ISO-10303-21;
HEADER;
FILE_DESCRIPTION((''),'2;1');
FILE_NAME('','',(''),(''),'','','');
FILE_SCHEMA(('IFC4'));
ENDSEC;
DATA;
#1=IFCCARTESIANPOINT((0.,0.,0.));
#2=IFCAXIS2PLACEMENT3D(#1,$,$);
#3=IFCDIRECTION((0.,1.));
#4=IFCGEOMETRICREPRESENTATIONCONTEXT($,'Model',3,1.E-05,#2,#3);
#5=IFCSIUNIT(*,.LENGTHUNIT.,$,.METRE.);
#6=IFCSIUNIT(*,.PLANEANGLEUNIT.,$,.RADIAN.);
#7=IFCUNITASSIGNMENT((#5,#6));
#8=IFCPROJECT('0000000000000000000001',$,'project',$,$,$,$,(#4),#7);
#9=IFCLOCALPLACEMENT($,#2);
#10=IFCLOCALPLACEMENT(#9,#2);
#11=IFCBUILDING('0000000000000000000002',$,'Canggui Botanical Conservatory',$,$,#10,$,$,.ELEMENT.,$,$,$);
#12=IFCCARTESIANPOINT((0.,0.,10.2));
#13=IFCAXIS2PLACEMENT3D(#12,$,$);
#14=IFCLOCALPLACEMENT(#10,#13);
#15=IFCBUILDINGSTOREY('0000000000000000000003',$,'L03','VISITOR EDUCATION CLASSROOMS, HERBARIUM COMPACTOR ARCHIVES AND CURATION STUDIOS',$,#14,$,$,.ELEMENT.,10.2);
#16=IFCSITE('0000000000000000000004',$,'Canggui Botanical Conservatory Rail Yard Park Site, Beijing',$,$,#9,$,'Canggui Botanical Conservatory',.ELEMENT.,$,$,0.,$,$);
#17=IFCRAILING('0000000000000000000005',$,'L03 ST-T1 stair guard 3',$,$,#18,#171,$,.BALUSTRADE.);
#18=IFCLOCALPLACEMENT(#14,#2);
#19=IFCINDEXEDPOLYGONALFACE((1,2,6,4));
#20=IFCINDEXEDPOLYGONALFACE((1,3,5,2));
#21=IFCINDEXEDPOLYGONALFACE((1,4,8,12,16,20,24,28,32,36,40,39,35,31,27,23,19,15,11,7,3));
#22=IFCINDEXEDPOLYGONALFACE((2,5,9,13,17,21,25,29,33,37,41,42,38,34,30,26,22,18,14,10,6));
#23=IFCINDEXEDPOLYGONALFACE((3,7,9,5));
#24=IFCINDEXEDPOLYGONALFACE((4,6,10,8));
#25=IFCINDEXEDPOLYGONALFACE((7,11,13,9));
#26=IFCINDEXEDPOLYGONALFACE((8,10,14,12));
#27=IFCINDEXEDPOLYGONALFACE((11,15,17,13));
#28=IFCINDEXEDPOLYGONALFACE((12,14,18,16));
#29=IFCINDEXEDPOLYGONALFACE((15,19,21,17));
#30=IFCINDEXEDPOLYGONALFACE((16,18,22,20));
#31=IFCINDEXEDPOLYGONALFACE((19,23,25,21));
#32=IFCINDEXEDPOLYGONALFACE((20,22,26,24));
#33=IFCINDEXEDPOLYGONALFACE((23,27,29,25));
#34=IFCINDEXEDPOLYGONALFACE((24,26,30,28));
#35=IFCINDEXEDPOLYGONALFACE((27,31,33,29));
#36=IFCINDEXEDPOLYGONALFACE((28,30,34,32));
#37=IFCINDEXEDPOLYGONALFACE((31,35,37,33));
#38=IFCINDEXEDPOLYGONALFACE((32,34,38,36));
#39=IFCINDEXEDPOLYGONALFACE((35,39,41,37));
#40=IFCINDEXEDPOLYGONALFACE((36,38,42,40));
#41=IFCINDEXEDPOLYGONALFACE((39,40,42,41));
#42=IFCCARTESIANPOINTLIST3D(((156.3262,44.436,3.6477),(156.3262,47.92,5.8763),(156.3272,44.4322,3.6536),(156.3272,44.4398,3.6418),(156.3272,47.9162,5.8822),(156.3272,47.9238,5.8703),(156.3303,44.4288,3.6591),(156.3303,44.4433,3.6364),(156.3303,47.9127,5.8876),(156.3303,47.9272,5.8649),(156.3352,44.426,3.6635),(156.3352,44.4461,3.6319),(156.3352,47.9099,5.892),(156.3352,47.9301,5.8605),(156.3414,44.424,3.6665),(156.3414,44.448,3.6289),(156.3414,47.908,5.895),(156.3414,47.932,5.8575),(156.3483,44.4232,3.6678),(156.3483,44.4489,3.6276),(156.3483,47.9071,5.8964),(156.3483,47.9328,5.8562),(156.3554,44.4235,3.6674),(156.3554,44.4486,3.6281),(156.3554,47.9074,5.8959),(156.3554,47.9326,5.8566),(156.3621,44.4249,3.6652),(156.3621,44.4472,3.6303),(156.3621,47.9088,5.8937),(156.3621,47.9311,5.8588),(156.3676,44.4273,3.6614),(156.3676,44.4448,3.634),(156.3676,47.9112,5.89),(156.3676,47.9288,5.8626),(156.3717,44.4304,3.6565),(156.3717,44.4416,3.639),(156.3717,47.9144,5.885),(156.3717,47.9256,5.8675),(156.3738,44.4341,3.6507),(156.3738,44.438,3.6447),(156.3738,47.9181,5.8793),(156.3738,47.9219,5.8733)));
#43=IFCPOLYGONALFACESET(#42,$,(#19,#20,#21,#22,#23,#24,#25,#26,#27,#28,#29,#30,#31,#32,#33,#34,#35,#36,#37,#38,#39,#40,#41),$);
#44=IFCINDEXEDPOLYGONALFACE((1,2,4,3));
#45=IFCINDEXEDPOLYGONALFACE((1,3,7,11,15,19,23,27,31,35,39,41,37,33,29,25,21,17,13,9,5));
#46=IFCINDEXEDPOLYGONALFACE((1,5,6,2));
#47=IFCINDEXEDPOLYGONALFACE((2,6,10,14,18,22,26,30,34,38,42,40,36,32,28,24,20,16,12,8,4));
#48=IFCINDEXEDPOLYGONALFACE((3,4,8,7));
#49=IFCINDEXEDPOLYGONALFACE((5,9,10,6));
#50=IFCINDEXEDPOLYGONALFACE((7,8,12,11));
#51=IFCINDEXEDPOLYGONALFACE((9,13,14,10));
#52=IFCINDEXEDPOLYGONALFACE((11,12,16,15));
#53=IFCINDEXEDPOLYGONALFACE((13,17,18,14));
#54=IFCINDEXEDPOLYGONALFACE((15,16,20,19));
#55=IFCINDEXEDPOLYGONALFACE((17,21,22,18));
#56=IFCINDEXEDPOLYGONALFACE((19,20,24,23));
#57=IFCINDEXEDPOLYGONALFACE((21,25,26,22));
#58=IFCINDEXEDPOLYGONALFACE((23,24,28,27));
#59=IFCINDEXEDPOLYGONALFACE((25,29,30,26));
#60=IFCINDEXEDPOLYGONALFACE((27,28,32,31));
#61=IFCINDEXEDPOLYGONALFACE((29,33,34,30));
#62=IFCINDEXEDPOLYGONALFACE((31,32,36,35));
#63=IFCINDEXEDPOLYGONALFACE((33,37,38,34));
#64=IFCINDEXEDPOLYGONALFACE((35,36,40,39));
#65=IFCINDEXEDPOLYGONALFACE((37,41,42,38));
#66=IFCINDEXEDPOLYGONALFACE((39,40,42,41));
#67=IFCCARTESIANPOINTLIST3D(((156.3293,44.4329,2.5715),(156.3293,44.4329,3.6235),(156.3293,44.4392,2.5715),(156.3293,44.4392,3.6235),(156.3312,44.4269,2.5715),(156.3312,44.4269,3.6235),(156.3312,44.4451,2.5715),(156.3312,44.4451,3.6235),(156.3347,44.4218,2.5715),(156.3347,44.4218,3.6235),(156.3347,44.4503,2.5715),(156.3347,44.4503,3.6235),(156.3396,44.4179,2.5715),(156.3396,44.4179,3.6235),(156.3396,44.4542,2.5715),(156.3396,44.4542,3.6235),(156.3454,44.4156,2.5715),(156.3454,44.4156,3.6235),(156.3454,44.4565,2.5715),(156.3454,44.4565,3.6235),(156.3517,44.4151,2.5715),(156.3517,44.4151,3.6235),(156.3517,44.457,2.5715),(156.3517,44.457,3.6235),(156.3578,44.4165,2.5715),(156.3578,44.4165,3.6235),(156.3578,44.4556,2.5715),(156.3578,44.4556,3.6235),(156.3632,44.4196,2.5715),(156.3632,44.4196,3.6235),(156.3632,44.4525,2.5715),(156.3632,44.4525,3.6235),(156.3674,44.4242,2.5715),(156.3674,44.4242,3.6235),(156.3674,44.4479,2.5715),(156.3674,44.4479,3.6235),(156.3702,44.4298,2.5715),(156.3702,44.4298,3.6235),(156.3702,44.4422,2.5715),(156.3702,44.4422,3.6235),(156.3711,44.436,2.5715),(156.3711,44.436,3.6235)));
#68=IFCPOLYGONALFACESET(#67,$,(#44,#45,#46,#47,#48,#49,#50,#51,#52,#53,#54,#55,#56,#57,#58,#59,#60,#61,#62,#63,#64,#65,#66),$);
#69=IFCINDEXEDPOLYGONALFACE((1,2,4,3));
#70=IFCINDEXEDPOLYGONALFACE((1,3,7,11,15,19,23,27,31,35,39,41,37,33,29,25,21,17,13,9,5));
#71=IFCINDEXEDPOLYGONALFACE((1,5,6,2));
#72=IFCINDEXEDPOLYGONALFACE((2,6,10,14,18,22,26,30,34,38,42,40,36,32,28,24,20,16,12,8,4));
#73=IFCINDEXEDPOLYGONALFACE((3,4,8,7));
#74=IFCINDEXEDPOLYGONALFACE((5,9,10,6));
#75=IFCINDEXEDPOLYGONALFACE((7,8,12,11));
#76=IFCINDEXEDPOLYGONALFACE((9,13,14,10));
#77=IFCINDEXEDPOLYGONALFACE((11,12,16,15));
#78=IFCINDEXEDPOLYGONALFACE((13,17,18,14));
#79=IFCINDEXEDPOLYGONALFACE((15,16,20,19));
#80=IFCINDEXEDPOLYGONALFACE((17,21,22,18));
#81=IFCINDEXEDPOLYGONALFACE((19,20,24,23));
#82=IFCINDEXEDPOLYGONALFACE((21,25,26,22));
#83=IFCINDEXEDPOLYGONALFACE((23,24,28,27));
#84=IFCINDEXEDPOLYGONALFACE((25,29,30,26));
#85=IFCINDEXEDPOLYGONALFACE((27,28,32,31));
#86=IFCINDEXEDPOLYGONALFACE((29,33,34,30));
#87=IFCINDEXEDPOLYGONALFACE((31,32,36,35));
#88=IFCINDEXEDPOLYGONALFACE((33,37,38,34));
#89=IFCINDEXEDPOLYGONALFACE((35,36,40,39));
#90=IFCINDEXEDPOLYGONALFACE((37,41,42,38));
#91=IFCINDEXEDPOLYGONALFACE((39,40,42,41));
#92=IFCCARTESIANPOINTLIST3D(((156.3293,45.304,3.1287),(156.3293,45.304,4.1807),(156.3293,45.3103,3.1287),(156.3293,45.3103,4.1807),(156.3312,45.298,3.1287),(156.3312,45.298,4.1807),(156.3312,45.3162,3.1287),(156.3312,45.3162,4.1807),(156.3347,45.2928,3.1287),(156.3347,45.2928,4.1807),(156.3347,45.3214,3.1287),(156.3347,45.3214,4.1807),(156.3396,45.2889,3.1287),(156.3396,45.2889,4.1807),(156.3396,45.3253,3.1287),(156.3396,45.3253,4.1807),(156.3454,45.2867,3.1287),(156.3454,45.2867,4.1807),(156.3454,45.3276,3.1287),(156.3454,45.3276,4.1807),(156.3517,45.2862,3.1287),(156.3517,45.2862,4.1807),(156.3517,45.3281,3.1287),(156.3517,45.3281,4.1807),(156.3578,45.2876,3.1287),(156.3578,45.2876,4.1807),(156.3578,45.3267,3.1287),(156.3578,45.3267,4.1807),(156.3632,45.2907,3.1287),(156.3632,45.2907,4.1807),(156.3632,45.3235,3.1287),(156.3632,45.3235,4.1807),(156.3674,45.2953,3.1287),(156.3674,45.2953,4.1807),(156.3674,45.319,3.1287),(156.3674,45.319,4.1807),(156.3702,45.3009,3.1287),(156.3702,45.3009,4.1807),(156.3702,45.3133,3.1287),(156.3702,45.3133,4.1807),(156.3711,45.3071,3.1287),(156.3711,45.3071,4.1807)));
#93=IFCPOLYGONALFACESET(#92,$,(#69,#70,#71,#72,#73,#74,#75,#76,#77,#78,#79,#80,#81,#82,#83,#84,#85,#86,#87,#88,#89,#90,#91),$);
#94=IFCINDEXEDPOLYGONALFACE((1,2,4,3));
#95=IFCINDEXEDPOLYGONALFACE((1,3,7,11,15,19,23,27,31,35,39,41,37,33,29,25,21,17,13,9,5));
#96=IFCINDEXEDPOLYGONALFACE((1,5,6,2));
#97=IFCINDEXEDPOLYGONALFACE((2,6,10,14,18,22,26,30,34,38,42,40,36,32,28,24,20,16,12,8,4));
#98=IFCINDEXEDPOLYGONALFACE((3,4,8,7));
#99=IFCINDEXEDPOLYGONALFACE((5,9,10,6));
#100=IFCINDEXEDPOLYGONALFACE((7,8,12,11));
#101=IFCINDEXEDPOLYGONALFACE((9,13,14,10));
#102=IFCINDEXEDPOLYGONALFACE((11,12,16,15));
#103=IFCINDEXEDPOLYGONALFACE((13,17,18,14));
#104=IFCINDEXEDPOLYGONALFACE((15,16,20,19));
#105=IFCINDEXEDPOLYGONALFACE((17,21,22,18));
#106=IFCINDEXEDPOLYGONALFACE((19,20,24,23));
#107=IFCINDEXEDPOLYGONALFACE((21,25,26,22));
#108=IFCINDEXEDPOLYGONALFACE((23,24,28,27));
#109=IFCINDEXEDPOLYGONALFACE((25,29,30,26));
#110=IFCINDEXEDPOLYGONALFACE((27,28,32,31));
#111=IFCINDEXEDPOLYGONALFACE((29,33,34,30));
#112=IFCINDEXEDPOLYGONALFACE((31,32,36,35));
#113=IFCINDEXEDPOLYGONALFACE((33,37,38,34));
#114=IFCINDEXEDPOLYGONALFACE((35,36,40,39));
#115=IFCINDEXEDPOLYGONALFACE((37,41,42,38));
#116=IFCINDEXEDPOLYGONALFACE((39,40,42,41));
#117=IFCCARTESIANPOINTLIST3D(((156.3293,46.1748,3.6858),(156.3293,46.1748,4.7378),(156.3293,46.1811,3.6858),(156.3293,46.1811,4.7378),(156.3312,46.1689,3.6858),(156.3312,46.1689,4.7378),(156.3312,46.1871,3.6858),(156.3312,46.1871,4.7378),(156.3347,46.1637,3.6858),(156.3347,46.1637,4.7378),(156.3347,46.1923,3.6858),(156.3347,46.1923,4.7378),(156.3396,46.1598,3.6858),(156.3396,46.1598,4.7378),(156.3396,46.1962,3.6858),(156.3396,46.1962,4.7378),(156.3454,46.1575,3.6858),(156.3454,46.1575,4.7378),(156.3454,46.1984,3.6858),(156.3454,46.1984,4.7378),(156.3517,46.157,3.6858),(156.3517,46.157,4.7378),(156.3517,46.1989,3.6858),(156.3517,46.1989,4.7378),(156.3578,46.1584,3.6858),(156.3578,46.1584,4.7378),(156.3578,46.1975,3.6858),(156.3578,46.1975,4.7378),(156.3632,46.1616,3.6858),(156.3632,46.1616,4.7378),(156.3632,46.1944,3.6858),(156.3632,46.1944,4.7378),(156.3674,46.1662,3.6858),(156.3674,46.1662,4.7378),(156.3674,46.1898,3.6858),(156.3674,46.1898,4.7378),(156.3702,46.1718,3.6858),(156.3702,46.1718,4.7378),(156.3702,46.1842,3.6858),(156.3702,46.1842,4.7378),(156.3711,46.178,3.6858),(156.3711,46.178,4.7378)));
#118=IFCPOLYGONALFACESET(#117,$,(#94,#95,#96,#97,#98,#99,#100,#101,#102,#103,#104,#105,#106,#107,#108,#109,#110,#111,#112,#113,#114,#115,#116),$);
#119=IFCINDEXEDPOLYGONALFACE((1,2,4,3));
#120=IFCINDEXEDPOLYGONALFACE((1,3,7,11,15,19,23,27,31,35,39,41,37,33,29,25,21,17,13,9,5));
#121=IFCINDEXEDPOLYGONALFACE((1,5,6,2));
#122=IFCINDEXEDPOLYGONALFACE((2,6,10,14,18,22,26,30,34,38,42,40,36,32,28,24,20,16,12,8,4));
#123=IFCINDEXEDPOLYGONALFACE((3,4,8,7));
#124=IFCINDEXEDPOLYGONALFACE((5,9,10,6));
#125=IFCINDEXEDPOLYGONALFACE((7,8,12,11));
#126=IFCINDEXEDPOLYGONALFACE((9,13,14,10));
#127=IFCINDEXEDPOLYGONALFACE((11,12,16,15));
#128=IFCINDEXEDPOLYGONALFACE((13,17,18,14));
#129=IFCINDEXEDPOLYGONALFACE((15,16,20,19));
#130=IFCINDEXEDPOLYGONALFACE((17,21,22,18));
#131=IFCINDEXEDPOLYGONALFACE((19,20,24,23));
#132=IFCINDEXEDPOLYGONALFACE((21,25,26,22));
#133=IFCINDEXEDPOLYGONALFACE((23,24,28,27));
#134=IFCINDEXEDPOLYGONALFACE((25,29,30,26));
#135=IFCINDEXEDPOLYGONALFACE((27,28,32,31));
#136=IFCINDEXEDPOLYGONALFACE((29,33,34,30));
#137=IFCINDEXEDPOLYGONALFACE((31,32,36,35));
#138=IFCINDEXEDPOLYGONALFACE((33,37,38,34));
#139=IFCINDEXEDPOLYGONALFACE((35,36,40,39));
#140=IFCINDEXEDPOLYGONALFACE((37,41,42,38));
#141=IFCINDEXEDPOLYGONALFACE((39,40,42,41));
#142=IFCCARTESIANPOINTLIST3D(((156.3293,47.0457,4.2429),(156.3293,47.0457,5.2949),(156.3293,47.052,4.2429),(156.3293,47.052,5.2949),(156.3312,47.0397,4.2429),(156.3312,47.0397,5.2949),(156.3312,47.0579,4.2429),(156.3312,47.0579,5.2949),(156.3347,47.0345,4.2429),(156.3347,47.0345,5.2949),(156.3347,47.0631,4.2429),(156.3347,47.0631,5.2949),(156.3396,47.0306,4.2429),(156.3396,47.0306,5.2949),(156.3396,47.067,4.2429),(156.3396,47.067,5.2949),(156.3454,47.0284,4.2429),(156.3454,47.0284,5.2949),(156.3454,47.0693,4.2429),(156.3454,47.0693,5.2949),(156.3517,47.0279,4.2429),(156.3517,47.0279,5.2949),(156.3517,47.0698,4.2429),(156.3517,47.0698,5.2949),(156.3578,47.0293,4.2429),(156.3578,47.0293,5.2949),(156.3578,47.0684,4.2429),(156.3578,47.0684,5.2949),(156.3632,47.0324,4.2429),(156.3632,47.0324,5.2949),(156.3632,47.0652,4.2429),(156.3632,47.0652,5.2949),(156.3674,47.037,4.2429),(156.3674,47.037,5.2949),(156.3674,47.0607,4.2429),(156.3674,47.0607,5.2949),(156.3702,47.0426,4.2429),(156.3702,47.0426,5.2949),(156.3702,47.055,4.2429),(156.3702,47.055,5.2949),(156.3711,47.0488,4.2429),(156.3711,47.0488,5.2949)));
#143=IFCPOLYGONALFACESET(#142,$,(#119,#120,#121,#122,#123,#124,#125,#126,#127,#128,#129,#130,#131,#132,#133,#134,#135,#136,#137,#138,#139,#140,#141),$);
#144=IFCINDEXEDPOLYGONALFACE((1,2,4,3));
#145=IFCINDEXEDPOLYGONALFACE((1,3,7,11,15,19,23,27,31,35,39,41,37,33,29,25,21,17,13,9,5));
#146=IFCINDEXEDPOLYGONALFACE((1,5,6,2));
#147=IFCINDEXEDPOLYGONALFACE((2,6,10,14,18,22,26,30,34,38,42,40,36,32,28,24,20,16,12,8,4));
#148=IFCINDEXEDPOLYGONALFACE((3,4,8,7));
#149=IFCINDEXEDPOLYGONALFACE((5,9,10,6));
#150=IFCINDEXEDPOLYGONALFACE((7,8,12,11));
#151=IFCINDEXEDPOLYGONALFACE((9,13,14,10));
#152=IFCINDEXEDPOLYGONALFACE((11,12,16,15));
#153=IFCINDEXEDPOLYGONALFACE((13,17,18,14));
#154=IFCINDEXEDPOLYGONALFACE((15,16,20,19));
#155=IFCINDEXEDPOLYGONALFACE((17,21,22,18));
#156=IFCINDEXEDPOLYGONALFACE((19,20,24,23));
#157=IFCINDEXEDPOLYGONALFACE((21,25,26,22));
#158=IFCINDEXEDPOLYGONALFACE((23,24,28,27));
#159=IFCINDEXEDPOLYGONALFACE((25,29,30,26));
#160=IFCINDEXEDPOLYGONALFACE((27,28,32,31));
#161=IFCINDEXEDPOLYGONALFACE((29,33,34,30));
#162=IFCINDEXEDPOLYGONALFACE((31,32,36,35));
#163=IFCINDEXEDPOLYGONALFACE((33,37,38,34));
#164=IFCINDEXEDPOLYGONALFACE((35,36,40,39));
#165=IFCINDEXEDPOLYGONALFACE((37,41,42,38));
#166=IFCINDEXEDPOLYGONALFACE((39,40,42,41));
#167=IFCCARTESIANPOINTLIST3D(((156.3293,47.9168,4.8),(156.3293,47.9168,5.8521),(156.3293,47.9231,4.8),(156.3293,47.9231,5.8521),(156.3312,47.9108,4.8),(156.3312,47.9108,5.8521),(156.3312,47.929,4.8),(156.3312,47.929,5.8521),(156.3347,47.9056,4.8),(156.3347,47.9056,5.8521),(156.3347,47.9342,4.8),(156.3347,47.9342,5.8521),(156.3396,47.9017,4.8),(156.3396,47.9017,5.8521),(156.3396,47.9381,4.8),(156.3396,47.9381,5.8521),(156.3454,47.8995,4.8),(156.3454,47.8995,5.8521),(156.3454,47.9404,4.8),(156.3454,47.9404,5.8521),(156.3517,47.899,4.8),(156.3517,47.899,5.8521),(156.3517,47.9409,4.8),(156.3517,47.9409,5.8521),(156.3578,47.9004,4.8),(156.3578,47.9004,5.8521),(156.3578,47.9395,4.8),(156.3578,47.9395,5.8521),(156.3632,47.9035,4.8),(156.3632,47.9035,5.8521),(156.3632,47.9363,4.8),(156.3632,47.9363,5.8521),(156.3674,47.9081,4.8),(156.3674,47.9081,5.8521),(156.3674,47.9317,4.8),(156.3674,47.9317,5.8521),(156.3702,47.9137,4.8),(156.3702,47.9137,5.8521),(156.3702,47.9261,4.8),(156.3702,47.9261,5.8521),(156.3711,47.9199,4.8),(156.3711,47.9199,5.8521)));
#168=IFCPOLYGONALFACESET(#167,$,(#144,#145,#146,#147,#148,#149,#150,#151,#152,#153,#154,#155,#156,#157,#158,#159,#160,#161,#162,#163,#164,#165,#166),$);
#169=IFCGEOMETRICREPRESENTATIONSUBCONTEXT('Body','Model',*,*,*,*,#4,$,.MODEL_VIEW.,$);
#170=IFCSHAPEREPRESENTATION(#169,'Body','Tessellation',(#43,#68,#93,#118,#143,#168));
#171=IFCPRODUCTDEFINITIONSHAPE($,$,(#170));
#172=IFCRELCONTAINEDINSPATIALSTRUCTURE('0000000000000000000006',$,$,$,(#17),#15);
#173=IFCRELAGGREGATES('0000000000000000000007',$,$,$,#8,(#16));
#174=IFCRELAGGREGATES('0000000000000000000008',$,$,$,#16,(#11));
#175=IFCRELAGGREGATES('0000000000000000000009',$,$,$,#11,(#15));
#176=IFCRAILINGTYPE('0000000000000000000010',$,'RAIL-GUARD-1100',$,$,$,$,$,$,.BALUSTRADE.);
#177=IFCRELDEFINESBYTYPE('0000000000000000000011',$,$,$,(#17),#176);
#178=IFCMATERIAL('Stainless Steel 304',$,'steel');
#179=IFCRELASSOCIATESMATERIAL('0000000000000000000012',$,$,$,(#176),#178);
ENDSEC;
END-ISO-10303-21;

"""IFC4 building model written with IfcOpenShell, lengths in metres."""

from ifc_helpers import new_model, si_unit, direction, frame, origin, origin_2d, place, context, subcontext, project, spatial, circle, extrude, material, type_object, element, save


model = new_model("IFC4")

# Units and contexts
model_context = context("Model", 3, precision=1e-05, world=origin(), true_north=direction((0.0, 1.0)))
body_context = subcontext(model_context, "Body", "Model", "MODEL_VIEW")
ifc_project = project(units=[si_unit("LENGTHUNIT", "METRE"), si_unit("PLANEANGLEUNIT", "RADIAN")], contexts=[model_context])

# Site, building, storey
site_placement = place(None, origin())
site = spatial("IfcSite", under=ifc_project, at=site_placement, Name="Canggui Botanical Conservatory Rail Yard Park Site, Beijing", LongName="Canggui Botanical Conservatory", CompositionType="ELEMENT", RefElevation=0.0)
building_placement = place(site_placement, origin())
building = spatial("IfcBuilding", under=site, at=building_placement, Name="Canggui Botanical Conservatory", CompositionType="ELEMENT")
storey_placement = place(building_placement, frame((0.0, 0.0, 10.2)))
storey = spatial("IfcBuildingStorey", under=building, at=storey_placement, Name="L03", Description="VISITOR EDUCATION CLASSROOMS, HERBARIUM COMPACTOR ARCHIVES AND CURATION STUDIOS", CompositionType="ELEMENT", Elevation=10.2)

# Shared definitions
ifc_material_1 = material(Name="Stainless Steel 304", Category="steel")

# Railing
railing_type = type_object("IfcRailingType", Name="RAIL-GUARD-1100", PredefinedType="BALUSTRADE", material=ifc_material_1)
railing_1_placement = place(storey_placement, frame((156.3501, 44.436, 2.5715)))
element("IfcRailing", 1, at=railing_1_placement, inside=storey, type_object=railing_type, Name="L03 ST-T1 stair guard 3", PredefinedType="BALUSTRADE", context=body_context, shape_type="SweptSolid", body=[
    extrude(circle(Radius=0.0239, at=origin_2d()), frame((0.0, 0.0, 1.0762), z_axis=(0.0, 0.8424, 0.538853), x_axis=(-1.0, 0.0, 0.0)), (0.0, 0.0, 1.0), 4.1357),
    extrude(circle(Radius=0.021, at=origin_2d()), origin(), (0.0, 0.0, 1.0), 1.052),
    extrude(circle(Radius=0.021, at=origin_2d()), frame((0.0, 0.8711, 0.5571)), (0.0, 0.0, 1.0), 1.052),
    extrude(circle(Radius=0.021, at=origin_2d()), frame((0.0, 1.7419, 1.1143)), (0.0, 0.0, 1.0), 1.052),
    extrude(circle(Radius=0.021, at=origin_2d()), frame((0.0, 2.6128, 1.6714)), (0.0, 0.0, 1.0), 1.052),
    extrude(circle(Radius=0.021, at=origin_2d()), frame((0.0, 3.4839, 2.2285)), (0.0, 0.0, 1.0), 1.052),
])

save(model, "model.ifc")
